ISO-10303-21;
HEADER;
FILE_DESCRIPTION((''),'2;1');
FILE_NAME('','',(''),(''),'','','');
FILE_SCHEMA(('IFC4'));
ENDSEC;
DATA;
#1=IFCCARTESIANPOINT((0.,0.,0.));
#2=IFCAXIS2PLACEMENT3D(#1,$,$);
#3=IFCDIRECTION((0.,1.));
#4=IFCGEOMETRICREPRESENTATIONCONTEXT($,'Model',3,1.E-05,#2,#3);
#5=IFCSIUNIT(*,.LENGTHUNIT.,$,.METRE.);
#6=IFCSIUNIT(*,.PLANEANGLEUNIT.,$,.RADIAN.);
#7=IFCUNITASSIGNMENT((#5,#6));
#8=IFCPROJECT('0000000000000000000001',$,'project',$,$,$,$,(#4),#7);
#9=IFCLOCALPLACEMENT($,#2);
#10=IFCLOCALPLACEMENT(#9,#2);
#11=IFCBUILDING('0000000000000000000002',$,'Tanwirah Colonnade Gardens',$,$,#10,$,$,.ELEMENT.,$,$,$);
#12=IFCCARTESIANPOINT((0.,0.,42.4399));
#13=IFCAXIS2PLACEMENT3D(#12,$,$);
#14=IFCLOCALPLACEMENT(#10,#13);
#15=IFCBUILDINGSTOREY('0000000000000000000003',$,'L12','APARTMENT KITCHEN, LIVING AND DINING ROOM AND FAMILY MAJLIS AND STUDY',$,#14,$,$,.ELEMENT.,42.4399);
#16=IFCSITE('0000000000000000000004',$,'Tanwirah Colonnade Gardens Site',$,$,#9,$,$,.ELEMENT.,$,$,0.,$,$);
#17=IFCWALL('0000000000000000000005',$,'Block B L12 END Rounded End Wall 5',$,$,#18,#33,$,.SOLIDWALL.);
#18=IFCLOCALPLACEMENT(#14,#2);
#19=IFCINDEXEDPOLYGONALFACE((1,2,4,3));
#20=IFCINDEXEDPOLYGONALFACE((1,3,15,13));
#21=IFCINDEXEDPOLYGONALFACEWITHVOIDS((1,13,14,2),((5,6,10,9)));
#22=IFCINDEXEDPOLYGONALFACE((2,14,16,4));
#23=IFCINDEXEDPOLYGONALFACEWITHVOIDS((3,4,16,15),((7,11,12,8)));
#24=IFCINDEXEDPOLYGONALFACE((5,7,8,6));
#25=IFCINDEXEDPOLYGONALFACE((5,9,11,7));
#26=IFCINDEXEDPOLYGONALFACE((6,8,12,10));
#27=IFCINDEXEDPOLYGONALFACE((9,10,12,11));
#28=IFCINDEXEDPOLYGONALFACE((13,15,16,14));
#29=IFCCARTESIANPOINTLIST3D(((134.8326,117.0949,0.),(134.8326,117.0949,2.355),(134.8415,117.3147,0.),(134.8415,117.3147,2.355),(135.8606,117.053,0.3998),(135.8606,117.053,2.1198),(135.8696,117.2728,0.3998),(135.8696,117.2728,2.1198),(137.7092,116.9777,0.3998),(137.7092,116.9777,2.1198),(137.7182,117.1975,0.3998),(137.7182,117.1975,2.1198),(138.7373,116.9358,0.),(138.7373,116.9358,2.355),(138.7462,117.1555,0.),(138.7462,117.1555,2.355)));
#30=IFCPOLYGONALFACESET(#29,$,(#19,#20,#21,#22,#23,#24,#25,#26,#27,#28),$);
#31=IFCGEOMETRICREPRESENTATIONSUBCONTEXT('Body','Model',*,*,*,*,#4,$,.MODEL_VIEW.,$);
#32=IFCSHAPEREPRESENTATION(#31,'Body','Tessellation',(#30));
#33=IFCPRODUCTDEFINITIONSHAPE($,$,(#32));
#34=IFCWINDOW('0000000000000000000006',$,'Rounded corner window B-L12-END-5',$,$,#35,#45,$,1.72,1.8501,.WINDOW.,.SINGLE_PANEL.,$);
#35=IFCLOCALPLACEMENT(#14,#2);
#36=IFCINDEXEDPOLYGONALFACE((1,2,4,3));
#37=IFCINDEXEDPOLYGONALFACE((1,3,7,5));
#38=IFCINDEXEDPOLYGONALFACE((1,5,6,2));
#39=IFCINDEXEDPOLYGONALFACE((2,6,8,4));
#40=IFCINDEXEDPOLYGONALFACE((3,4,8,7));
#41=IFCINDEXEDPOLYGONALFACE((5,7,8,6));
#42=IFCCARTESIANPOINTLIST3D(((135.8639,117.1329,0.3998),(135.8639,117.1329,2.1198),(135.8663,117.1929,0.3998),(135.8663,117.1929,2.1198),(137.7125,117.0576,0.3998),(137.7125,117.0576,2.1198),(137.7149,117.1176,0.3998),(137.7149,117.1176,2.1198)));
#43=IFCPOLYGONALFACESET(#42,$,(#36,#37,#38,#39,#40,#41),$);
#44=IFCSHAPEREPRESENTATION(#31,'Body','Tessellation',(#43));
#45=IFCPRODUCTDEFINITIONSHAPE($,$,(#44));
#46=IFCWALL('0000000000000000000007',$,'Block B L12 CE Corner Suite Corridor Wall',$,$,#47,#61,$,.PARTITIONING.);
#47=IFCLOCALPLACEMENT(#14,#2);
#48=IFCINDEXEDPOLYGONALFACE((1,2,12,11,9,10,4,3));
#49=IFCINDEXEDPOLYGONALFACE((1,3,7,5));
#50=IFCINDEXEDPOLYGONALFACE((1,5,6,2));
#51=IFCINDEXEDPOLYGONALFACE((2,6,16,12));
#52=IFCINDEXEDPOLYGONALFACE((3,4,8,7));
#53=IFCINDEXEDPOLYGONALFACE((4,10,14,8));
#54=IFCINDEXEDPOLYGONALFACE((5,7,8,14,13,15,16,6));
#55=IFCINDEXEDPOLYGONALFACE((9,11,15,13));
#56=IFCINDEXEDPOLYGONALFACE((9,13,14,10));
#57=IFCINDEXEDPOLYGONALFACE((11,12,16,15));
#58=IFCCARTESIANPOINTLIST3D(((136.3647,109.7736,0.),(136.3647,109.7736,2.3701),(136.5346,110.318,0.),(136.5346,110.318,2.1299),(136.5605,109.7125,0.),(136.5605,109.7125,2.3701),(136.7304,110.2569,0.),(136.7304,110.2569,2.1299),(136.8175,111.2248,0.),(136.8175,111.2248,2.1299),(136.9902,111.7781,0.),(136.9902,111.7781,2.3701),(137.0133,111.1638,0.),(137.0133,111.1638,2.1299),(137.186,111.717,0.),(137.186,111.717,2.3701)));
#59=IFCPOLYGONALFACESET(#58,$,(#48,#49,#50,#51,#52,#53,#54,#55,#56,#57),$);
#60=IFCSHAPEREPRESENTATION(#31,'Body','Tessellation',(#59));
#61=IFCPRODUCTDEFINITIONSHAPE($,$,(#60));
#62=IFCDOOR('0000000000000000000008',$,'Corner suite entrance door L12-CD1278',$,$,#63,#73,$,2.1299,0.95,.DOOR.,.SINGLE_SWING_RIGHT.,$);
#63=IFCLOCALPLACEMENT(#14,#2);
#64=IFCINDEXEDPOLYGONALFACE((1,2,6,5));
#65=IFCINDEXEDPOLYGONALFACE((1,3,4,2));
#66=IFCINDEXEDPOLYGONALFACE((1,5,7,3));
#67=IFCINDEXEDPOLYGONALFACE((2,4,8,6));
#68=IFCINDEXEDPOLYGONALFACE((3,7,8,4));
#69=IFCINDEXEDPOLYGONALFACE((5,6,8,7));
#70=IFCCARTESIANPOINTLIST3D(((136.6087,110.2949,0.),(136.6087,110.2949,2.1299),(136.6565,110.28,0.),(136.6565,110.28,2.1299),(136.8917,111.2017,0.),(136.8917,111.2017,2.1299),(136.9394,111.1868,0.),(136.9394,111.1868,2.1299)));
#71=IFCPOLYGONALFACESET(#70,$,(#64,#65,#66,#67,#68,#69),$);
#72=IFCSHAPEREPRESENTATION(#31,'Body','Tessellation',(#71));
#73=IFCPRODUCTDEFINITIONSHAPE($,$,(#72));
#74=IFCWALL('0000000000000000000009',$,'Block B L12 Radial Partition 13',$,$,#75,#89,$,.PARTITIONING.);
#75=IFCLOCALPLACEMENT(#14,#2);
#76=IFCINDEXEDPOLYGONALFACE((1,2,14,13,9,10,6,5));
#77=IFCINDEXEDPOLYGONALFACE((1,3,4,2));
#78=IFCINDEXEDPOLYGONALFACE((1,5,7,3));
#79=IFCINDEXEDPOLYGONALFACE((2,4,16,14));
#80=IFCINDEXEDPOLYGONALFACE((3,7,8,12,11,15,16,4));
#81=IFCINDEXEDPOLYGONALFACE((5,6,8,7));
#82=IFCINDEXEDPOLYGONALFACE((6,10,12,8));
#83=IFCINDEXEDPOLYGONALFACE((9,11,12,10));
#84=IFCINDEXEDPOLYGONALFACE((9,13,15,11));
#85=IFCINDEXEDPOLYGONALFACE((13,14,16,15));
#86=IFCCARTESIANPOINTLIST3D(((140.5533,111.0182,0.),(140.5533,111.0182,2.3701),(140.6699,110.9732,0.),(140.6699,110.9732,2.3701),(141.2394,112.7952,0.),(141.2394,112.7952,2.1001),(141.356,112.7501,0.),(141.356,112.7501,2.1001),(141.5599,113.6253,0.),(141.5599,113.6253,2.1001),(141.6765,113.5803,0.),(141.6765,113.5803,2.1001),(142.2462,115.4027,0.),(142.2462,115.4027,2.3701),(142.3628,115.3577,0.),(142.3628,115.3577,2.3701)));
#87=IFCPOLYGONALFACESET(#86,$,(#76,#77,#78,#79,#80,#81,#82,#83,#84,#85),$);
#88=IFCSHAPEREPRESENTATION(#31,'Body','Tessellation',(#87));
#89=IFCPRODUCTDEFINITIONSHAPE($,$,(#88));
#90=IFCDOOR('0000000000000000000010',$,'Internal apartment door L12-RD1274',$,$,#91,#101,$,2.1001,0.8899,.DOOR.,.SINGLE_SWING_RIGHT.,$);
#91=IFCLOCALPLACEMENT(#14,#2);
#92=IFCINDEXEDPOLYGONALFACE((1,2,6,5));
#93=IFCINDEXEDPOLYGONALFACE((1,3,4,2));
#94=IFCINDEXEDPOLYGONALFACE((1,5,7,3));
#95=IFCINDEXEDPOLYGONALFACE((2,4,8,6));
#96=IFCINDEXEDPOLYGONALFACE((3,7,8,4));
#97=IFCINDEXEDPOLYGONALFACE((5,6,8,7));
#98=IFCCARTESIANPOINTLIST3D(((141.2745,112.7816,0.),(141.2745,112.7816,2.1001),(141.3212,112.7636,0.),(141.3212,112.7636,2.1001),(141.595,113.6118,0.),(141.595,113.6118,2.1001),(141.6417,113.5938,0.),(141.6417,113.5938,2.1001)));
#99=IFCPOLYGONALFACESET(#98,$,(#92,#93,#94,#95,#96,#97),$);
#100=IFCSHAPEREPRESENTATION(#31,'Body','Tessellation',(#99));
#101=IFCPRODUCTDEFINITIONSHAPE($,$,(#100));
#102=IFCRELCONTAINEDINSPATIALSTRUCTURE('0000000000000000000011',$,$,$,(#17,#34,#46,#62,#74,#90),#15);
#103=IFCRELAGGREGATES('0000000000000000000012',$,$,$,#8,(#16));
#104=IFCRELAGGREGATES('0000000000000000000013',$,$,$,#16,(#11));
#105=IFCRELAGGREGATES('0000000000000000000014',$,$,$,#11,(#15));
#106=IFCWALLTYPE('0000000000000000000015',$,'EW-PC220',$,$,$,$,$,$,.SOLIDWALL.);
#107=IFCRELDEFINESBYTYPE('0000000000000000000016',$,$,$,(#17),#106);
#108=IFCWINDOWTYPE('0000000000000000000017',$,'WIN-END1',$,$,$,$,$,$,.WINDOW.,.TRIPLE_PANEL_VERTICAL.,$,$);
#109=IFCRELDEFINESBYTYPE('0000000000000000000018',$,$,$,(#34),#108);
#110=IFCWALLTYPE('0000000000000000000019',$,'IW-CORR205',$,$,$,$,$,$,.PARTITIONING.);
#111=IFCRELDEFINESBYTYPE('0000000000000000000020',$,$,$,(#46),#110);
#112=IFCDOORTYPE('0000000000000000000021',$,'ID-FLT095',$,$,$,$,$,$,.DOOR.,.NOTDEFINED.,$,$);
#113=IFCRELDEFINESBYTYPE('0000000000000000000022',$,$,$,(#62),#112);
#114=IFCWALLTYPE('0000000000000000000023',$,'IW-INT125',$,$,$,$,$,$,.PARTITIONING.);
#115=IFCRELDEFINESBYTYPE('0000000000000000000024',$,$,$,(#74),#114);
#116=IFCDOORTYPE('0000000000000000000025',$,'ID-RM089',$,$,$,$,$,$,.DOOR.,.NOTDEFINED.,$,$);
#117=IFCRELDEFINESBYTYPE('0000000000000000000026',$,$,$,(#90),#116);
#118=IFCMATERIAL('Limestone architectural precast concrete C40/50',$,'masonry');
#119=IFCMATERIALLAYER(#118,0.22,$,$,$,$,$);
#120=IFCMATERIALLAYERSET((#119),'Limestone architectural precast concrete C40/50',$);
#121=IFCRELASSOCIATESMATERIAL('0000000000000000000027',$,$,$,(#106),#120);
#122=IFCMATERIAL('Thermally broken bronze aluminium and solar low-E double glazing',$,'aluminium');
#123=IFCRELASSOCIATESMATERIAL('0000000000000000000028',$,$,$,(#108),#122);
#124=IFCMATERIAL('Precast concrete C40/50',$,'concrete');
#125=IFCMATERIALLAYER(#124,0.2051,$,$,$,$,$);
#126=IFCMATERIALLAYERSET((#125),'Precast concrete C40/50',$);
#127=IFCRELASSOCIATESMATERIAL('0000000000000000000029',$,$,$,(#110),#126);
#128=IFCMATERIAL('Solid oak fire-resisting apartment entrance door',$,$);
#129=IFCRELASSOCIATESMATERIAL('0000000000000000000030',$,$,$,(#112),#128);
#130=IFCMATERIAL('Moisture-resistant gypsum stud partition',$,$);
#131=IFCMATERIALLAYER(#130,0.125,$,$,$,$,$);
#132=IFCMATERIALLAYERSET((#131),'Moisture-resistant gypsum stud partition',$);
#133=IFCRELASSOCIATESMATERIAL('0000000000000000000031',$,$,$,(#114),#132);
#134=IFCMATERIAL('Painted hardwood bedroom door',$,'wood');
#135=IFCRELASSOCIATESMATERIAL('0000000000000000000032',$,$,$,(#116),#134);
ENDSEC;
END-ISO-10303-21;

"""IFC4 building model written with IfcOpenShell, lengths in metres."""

from ifc_helpers import new_model, si_unit, direction, frame, frame_2d, origin, place, context, subcontext, project, spatial, rectangle, extrude, material, layer, layer_set, type_object, element, fill, save


model = new_model("IFC4")

# Units and contexts
model_context = context("Model", 3, precision=1e-05, world=origin(), true_north=direction((0.0, 1.0)))
body_context = subcontext(model_context, "Body", "Model", "MODEL_VIEW")
ifc_project = project(units=[si_unit("LENGTHUNIT", "METRE"), si_unit("PLANEANGLEUNIT", "RADIAN")], contexts=[model_context])

# Site, building, storey
site_placement = place(None, origin())
site = spatial("IfcSite", under=ifc_project, at=site_placement, Name="Tanwirah Colonnade Gardens Site", CompositionType="ELEMENT", RefElevation=0.0)
building_placement = place(site_placement, origin())
building = spatial("IfcBuilding", under=site, at=building_placement, Name="Tanwirah Colonnade Gardens", CompositionType="ELEMENT")
storey_placement = place(building_placement, frame((0.0, 0.0, 42.4399)))
storey = spatial("IfcBuildingStorey", under=building, at=storey_placement, Name="L12", Description="APARTMENT KITCHEN, LIVING AND DINING ROOM AND FAMILY MAJLIS AND STUDY", CompositionType="ELEMENT", Elevation=42.4399)

# Shared definitions
ifc_material_1 = material(Name="Precast concrete C40/50", Category="concrete")

# Shared definitions
ifc_material_2 = material(Name="Limestone architectural precast concrete C40/50", Category="masonry")
ifc_layer_1 = layer(ifc_material_2, 0.22)
ifc_layer_set_1 = layer_set([ifc_layer_1], Name="Limestone architectural precast concrete C40/50")
wall_type_1 = type_object("IfcWallType", Name="EW-PC220", PredefinedType="SOLIDWALL", material=ifc_layer_set_1)

# Wall, opening, window
wall_1_placement = place(storey_placement, frame((134.8369, 117.2048, 0.0), z_axis=(0.0, 0.0, 1.0), x_axis=(0.99917, -0.040731, 0.0)))
wall_1 = element("IfcWall", 1, at=wall_1_placement, inside=storey, type_object=wall_type_1, Name="Block B L12 END Rounded End Wall 5", PredefinedType="SOLIDWALL", context=body_context, shape_type="SweptSolid", body=[
    extrude(rectangle(XDim=3.908, YDim=0.22, at=frame_2d((1.9541, 0.0))), origin(), (0.0, 0.0, 1.0), 2.355),
])
opening_1_placement = place(wall_1_placement, frame((1.0291, 0.0, 0.3999)))
opening_1 = element("IfcOpeningElement", 2, at=opening_1_placement, cuts=wall_1, PredefinedType="OPENING", context=body_context, shape_type="SweptSolid", body=[
    extrude(rectangle(XDim=1.8501, YDim=1.72, at=frame_2d((0.925, 0.8599))), frame((0.0, 0.1199, 0.0), z_axis=(0.0, -1.0, 0.0), x_axis=(1.0, 0.0, 0.0)), (0.0, 0.0, 1.0), 0.24),
])
ifc_material_3 = material(Name="Thermally broken bronze aluminium and solar low-E double glazing", Category="aluminium")
window_type = type_object("IfcWindowType", Name="WIN-END1", PartitioningType="TRIPLE_PANEL_VERTICAL", PredefinedType="WINDOW", material=ifc_material_3)
window_placement = place(opening_1_placement, origin())
window = element("IfcWindow", 3, at=window_placement, inside=storey, type_object=window_type, Name="Rounded corner window B-L12-END-5", OverallHeight=1.72, OverallWidth=1.8501, PartitioningType="SINGLE_PANEL", PredefinedType="WINDOW", context=body_context, shape_type="SweptSolid", body=[
    extrude(rectangle(XDim=1.8501, YDim=1.72, at=frame_2d((0.925, 0.8599))), frame((0.0, 0.03, 0.0), z_axis=(0.0, -1.0, 0.0), x_axis=(1.0, 0.0, 0.0)), (0.0, 0.0, 1.0), 0.0601),
])
fill(opening_1, window)

# Walls, openings, doors
ifc_layer_2 = layer(ifc_material_1, 0.2051)
ifc_layer_set_2 = layer_set([ifc_layer_2], Name="Precast concrete C40/50")
wall_type_2 = type_object("IfcWallType", Name="IW-CORR205", PredefinedType="PARTITIONING", material=ifc_layer_set_2)
ifc_material_4 = material(Name="Solid oak fire-resisting apartment entrance door")
wall_2_placement = place(storey_placement, frame((136.4626, 109.7432, 0.0), z_axis=(0.0, 0.0, 1.0), x_axis=(0.297858, 0.95461, 0.0)))
wall_2 = element("IfcWall", 4, at=wall_2_placement, inside=storey, type_object=wall_type_2, Name="Block B L12 CE Corner Suite Corridor Wall", PredefinedType="PARTITIONING", context=body_context, shape_type="SweptSolid", body=[
    extrude(rectangle(XDim=2.0999, YDim=0.2051, at=frame_2d((1.0498, 0.0))), origin(), (0.0, 0.0, 1.0), 2.3701),
])
opening_2_placement = place(wall_2_placement, frame((0.5701, 0.0, 0.0)))
opening_2 = element("IfcOpeningElement", 5, at=opening_2_placement, cuts=wall_2, PredefinedType="OPENING", context=body_context, shape_type="SweptSolid", body=[
    extrude(rectangle(XDim=0.95, YDim=2.1299, at=frame_2d((0.4751, 1.0649))), frame((0.0, 0.1125, 0.0), z_axis=(0.0, -1.0, 0.0), x_axis=(1.0, 0.0, 0.0)), (0.0, 0.0, 1.0), 0.2251),
])
door_type_1 = type_object("IfcDoorType", Name="ID-FLT095", OperationType="NOTDEFINED", PredefinedType="DOOR", material=ifc_material_4)
door_1_placement = place(opening_2_placement, origin())
door_1 = element("IfcDoor", 6, at=door_1_placement, inside=storey, type_object=door_type_1, Name="Corner suite entrance door L12-CD1278", OperationType="SINGLE_SWING_RIGHT", OverallHeight=2.1299, OverallWidth=0.95, PredefinedType="DOOR", context=body_context, shape_type="SweptSolid", body=[
    extrude(rectangle(XDim=0.95, YDim=2.1299, at=frame_2d((0.4751, 1.0649))), frame((0.0, 0.0249, 0.0), z_axis=(0.0, -1.0, 0.0), x_axis=(1.0, 0.0, 0.0)), (0.0, 0.0, 1.0), 0.05),
])
fill(opening_2, door_1)
ifc_material_5 = material(Name="Moisture-resistant gypsum stud partition")
ifc_layer_3 = layer(ifc_material_5, 0.125)
ifc_layer_set_3 = layer_set([ifc_layer_3], Name="Moisture-resistant gypsum stud partition")
wall_type_3 = type_object("IfcWallType", Name="IW-INT125", PredefinedType="PARTITIONING", material=ifc_layer_set_3)
wall_3_placement = place(storey_placement, frame((140.6116, 110.9956, 0.0), z_axis=(0.0, 0.0, 1.0), x_axis=(0.360187, 0.93288, 0.0)))
wall_3 = element("IfcWall", 7, at=wall_3_placement, inside=storey, type_object=wall_type_3, Name="Block B L12 Radial Partition 13", PredefinedType="PARTITIONING", context=body_context, shape_type="SweptSolid", body=[
    extrude(rectangle(XDim=4.7, YDim=0.125, at=frame_2d((2.3501, 0.0))), origin(), (0.0, 0.0, 1.0), 2.3701),
])
opening_3_placement = place(wall_3_placement, frame((1.905, 0.0, 0.0)))
opening_3 = element("IfcOpeningElement", 8, at=opening_3_placement, cuts=wall_3, PredefinedType="OPENING", context=body_context, shape_type="SweptSolid", body=[
    extrude(rectangle(XDim=0.8899, YDim=2.1001, at=frame_2d((0.4448, 1.05))), frame((0.0, 0.0725, 0.0), z_axis=(0.0, -1.0, 0.0), x_axis=(1.0, 0.0, 0.0)), (0.0, 0.0, 1.0), 0.145),
])
ifc_material_6 = material(Name="Painted hardwood bedroom door", Category="wood")
door_type_2 = type_object("IfcDoorType", Name="ID-RM089", OperationType="NOTDEFINED", PredefinedType="DOOR", material=ifc_material_6)
door_2_placement = place(opening_3_placement, origin())
door_2 = element("IfcDoor", 9, at=door_2_placement, inside=storey, type_object=door_type_2, Name="Internal apartment door L12-RD1274", OperationType="SINGLE_SWING_RIGHT", OverallHeight=2.1001, OverallWidth=0.8899, PredefinedType="DOOR", context=body_context, shape_type="SweptSolid", body=[
    extrude(rectangle(XDim=0.8899, YDim=2.1001, at=frame_2d((0.4448, 1.05))), frame((0.0, 0.0249, 0.0), z_axis=(0.0, -1.0, 0.0), x_axis=(1.0, 0.0, 0.0)), (0.0, 0.0, 1.0), 0.05),
])
fill(opening_3, door_2)

save(model, "model.ifc")
